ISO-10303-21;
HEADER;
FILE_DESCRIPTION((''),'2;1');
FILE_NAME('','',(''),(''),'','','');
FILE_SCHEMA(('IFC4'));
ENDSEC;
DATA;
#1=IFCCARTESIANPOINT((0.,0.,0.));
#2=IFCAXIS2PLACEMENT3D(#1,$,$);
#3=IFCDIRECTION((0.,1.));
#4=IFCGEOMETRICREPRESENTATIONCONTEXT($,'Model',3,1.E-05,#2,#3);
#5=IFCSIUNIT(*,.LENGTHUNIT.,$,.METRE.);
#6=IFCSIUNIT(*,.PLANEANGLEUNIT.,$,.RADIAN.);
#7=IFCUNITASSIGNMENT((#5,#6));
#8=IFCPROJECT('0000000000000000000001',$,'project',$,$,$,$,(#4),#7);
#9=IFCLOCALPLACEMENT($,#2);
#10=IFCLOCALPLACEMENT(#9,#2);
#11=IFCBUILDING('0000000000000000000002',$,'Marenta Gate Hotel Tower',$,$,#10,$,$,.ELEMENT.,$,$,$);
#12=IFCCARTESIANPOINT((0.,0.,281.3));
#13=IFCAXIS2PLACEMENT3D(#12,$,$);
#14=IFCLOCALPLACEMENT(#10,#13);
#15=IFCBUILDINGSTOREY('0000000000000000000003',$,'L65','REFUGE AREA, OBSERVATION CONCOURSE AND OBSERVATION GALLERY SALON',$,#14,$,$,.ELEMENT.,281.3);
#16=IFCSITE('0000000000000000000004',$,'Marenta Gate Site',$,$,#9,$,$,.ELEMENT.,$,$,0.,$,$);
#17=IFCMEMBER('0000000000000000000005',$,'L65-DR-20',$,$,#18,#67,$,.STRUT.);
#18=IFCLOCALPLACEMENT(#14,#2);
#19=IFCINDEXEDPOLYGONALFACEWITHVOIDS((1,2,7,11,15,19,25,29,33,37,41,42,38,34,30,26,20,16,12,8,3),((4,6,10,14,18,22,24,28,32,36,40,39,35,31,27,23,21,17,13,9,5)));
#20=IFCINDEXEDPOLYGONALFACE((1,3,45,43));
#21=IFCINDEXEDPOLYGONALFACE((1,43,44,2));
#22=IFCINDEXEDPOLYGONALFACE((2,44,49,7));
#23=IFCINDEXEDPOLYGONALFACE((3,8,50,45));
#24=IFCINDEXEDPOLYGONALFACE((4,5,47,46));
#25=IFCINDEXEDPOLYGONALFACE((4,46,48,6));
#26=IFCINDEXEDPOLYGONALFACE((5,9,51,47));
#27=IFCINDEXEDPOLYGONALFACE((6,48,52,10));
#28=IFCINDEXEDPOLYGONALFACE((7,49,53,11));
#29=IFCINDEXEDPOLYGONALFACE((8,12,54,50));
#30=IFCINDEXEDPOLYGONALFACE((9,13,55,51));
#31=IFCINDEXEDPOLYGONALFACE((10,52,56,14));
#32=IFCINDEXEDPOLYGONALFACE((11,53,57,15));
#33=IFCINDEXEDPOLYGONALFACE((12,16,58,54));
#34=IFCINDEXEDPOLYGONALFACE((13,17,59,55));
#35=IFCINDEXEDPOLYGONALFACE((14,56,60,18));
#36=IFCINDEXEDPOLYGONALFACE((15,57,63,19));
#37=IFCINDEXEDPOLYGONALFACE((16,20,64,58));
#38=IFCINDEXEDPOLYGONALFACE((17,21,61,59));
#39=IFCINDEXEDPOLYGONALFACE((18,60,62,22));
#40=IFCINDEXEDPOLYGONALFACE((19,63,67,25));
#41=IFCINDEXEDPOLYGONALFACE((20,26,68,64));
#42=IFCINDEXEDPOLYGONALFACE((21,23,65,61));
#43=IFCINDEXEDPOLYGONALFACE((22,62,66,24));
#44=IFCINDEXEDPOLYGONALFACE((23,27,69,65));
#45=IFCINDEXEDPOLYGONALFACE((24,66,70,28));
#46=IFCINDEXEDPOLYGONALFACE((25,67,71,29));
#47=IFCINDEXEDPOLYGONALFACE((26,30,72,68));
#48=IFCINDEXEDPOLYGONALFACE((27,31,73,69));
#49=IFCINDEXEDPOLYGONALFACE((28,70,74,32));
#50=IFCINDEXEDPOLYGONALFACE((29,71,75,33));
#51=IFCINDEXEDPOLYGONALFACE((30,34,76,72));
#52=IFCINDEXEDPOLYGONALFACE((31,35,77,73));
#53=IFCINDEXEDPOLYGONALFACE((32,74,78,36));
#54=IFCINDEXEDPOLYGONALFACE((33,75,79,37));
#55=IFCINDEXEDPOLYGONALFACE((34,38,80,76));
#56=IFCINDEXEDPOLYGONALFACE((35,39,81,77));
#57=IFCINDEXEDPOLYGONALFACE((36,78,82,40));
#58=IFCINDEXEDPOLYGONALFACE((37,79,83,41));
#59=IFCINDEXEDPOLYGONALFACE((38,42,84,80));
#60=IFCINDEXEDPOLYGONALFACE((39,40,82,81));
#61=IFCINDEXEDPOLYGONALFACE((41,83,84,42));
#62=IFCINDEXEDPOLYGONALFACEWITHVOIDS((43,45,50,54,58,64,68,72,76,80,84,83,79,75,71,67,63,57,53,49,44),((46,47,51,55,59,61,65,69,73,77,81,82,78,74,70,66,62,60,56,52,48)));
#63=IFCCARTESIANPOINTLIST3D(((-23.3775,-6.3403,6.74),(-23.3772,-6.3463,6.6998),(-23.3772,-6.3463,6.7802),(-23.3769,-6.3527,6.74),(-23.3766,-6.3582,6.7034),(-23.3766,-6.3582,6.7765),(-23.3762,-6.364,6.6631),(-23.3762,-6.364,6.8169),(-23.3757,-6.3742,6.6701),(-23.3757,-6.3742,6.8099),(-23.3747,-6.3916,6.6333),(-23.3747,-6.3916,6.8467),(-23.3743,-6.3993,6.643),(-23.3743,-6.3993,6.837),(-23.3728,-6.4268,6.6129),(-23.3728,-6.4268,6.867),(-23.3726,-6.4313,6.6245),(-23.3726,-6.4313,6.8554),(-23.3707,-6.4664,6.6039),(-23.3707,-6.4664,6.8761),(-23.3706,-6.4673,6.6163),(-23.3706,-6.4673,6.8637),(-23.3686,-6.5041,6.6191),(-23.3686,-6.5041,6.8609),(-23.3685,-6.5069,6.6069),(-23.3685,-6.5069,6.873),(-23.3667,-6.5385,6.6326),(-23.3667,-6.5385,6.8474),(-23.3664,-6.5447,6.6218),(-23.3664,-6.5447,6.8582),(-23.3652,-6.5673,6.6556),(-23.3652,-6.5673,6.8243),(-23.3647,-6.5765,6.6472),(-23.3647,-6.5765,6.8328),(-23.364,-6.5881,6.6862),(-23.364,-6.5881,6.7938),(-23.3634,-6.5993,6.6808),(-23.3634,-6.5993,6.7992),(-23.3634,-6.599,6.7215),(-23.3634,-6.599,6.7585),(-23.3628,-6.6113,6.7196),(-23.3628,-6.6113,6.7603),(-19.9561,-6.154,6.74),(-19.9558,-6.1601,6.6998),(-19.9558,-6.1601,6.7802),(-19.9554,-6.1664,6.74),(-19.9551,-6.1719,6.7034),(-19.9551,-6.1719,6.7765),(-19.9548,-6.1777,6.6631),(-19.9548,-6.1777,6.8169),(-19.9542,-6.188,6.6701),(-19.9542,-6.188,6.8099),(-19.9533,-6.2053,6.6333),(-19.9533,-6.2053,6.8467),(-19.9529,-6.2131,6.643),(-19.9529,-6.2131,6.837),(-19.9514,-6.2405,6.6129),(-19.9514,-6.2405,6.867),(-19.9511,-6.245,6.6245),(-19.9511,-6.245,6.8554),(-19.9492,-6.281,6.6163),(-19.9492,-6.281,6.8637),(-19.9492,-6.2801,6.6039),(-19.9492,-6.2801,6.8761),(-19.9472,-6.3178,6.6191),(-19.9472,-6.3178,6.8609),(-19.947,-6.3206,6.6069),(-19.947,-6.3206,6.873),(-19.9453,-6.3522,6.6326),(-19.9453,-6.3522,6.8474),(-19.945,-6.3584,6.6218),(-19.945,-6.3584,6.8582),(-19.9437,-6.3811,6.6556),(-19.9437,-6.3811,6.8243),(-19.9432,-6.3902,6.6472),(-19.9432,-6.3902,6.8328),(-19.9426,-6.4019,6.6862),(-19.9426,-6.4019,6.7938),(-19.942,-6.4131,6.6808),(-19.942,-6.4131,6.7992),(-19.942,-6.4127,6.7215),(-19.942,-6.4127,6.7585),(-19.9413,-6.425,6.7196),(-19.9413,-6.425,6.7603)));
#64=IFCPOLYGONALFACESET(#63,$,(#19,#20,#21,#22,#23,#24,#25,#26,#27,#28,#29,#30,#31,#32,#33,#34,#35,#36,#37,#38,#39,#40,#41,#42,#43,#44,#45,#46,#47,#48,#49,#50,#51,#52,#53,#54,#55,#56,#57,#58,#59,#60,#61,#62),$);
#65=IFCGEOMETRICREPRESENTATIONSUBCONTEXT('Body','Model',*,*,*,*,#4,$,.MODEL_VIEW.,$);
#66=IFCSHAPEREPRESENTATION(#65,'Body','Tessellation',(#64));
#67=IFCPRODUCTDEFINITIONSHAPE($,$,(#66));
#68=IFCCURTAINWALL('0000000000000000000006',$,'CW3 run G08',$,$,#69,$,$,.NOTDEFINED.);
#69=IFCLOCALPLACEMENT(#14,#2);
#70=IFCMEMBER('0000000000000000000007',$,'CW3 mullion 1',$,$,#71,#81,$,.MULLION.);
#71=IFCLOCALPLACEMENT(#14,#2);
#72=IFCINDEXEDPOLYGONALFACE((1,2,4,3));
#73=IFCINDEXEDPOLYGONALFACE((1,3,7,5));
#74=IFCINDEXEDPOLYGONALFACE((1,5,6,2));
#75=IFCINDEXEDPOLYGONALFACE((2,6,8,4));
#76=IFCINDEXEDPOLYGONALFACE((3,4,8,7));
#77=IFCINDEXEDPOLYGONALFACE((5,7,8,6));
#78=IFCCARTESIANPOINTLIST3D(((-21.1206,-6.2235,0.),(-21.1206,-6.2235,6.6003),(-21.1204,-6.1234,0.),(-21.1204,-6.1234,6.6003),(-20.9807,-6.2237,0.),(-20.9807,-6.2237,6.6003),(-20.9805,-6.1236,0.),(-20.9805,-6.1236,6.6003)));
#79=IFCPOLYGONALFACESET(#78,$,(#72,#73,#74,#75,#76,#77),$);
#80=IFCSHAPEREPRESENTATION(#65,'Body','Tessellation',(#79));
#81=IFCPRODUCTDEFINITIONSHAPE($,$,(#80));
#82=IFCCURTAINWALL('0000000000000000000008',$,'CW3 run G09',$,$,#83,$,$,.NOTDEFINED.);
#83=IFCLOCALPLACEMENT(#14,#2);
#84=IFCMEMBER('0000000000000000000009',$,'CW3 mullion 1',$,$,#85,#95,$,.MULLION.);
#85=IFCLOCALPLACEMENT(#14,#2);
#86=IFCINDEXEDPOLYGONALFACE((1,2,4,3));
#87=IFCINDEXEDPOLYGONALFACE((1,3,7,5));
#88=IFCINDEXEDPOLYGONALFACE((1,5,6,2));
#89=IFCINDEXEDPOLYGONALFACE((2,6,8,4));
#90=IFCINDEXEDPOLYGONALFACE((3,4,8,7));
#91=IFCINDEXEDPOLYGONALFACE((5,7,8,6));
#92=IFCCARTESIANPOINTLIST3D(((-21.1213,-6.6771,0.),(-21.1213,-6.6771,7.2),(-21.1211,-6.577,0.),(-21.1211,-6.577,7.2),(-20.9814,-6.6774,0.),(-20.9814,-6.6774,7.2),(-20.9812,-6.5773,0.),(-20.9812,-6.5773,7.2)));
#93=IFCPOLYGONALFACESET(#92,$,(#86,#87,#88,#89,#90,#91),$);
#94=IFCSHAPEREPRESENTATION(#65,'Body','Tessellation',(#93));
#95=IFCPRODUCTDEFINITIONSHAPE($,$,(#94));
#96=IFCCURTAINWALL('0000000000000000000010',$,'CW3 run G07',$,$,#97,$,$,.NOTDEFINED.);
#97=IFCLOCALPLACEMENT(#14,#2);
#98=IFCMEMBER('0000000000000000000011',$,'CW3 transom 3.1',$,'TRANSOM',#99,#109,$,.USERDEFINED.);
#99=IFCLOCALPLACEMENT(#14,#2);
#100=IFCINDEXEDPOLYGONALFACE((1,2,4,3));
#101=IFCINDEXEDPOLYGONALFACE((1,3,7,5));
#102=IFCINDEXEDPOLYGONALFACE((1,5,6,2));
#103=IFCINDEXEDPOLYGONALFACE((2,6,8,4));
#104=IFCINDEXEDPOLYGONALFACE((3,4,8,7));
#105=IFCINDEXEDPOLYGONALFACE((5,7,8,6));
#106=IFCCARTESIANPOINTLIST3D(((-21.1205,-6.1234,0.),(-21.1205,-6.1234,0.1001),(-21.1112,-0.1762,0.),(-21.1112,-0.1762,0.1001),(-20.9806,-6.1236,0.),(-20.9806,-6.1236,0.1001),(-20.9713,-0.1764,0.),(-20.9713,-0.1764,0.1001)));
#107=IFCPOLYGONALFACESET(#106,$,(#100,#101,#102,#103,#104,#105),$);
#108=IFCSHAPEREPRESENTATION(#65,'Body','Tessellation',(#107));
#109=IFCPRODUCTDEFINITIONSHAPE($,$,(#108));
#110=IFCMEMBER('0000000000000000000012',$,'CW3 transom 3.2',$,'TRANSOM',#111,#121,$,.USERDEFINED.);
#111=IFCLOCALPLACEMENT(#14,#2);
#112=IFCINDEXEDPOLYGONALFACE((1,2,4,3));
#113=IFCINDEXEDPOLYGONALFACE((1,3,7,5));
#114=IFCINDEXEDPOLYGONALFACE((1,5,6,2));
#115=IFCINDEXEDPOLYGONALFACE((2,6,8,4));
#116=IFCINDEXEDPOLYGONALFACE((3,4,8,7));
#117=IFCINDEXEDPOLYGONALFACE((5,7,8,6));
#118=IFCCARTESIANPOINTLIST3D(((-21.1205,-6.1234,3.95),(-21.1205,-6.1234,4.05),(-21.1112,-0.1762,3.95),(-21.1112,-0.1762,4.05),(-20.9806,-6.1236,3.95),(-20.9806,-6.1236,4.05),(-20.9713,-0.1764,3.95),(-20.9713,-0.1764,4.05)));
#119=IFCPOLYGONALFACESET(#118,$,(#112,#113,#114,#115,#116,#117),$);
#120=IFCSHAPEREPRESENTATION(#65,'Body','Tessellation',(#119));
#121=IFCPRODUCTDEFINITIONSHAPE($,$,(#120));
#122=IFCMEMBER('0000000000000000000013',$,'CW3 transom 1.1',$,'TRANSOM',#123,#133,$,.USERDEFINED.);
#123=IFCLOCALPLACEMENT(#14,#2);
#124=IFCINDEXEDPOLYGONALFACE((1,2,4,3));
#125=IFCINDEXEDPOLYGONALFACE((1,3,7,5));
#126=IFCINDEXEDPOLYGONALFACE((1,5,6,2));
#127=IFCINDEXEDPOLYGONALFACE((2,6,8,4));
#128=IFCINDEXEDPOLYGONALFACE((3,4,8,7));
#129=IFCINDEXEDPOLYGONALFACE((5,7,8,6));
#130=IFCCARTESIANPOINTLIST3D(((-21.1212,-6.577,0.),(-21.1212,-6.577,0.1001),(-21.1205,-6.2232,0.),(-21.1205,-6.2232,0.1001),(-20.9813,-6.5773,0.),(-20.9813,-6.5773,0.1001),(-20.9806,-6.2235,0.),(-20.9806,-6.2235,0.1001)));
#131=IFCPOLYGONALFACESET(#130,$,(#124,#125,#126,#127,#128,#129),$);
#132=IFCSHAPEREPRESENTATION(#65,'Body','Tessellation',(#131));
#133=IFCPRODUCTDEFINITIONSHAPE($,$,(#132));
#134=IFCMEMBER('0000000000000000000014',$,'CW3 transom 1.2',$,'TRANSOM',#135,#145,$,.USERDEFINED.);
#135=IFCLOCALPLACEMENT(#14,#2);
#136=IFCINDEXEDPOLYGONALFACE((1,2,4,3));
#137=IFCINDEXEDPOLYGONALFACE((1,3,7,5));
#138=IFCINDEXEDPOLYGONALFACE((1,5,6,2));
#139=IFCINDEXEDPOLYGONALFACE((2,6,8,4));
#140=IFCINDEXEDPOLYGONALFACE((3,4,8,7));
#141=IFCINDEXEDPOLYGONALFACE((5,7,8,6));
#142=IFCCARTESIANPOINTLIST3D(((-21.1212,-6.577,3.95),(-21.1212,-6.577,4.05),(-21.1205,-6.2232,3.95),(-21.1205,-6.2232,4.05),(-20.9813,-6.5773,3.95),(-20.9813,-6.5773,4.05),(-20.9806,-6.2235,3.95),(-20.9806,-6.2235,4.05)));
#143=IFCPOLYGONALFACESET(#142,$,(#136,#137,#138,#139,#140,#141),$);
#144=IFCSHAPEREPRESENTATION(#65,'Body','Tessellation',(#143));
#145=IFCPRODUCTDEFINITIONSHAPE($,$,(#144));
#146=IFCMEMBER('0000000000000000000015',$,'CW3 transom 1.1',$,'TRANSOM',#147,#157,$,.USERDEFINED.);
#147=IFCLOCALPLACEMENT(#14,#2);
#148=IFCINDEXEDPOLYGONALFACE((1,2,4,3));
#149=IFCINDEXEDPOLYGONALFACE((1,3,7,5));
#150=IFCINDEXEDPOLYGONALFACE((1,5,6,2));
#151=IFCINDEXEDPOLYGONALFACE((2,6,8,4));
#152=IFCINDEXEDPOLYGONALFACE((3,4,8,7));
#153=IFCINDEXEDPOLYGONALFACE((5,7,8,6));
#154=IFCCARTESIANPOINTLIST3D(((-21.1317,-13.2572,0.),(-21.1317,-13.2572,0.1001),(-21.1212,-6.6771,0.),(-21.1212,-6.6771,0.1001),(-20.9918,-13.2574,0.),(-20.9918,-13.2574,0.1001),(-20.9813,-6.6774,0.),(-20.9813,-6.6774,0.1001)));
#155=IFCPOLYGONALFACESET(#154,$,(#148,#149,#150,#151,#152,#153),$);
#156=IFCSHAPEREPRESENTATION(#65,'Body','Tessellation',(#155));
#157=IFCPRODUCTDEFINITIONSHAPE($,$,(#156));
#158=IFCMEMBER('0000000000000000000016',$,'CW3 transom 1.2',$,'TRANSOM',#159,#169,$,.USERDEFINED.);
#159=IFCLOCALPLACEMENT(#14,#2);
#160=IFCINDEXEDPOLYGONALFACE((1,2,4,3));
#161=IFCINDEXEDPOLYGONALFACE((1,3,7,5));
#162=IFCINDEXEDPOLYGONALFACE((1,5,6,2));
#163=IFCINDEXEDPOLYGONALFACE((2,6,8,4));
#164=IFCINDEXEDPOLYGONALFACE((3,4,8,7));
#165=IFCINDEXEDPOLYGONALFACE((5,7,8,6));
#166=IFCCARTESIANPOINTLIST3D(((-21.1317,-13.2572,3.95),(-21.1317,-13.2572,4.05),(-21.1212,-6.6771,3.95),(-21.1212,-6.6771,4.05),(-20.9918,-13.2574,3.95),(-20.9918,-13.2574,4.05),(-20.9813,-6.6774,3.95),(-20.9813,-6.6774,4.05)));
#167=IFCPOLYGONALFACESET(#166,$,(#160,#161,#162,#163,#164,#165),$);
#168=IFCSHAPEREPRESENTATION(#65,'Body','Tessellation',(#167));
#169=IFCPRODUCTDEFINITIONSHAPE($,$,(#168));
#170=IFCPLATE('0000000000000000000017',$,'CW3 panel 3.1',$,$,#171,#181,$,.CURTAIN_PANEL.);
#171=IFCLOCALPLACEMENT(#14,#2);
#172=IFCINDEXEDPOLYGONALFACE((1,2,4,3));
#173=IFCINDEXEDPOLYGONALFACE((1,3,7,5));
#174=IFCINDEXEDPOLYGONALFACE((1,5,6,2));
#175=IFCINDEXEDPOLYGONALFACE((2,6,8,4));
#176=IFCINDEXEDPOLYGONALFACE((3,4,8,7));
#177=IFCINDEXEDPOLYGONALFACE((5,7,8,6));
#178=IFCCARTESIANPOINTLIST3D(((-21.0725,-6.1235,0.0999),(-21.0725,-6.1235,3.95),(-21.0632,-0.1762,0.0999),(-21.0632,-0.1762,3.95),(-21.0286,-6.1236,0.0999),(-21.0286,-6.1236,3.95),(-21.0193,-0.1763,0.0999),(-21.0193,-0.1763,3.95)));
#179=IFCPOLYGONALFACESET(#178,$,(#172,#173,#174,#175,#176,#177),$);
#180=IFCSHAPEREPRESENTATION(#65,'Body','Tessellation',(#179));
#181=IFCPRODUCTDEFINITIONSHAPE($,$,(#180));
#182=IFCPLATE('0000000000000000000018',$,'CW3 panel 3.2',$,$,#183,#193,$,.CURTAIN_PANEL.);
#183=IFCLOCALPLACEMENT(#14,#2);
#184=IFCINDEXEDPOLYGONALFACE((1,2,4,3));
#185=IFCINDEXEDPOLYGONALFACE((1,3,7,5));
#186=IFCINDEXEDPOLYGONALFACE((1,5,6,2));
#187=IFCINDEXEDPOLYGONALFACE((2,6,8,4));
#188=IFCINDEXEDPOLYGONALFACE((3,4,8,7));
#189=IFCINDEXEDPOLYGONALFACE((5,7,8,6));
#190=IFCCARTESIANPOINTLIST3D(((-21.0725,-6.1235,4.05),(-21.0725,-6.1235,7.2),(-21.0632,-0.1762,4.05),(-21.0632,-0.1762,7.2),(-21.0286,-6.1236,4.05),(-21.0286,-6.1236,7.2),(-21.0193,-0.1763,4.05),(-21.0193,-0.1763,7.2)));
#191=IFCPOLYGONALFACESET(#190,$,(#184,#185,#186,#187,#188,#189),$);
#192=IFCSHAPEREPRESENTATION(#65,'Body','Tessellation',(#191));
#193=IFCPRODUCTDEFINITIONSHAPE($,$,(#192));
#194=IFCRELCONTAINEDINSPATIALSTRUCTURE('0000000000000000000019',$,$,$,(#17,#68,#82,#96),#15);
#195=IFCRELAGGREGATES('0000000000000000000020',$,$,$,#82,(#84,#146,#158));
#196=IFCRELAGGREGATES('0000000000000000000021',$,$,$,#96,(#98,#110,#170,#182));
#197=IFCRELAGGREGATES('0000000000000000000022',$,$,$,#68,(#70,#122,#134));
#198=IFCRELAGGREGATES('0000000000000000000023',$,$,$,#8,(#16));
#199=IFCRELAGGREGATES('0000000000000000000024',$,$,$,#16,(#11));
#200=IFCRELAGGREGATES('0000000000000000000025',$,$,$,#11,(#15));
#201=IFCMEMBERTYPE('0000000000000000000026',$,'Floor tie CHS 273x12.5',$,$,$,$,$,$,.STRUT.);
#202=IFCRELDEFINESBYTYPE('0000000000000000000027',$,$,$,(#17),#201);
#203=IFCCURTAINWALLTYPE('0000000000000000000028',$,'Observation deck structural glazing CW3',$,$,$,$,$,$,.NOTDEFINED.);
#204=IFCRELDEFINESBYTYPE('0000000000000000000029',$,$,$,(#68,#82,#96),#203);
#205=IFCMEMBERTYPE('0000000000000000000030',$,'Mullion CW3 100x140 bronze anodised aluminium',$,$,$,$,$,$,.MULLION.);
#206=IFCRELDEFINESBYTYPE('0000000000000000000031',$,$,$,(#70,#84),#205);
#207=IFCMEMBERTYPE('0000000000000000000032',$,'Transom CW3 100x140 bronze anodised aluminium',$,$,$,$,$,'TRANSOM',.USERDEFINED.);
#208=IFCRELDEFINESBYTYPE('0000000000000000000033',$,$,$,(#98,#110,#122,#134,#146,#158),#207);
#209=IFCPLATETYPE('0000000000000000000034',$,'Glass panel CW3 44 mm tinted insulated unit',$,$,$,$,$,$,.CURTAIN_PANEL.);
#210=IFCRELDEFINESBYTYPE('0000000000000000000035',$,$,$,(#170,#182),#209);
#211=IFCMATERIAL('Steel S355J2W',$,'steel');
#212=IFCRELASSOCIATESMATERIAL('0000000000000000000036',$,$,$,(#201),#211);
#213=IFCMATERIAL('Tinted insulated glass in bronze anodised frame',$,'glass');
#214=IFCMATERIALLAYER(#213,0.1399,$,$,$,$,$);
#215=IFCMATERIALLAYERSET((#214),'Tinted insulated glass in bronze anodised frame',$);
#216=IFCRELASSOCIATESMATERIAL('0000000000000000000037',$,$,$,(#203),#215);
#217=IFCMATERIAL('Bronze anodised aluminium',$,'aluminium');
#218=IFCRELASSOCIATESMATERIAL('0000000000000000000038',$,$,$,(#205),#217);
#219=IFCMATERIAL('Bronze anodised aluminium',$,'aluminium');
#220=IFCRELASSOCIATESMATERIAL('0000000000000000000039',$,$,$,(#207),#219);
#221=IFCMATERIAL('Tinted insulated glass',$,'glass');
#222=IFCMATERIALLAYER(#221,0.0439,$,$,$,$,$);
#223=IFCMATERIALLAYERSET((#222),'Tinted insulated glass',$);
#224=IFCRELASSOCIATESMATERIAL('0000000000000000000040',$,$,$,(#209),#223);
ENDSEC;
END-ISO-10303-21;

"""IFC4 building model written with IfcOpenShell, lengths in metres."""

from ifc_helpers import new_model, si_unit, direction, frame, origin, origin_2d, place, context, subcontext, project, spatial, rectangle, hollow_circle, extrude, material, layer, layer_set, material_profile, profile_set, type_object, element, aggregate, save


model = new_model("IFC4")

# Units and contexts
model_context = context("Model", 3, precision=1e-05, world=origin(), true_north=direction((0.0, 1.0)))
body_context = subcontext(model_context, "Body", "Model", "MODEL_VIEW")
ifc_project = project(units=[si_unit("LENGTHUNIT", "METRE"), si_unit("PLANEANGLEUNIT", "RADIAN")], contexts=[model_context])

# Site, building, storey
site_placement = place(None, origin())
site = spatial("IfcSite", under=ifc_project, at=site_placement, Name="Marenta Gate Site", CompositionType="ELEMENT", RefElevation=0.0)
building_placement = place(site_placement, origin())
building = spatial("IfcBuilding", under=site, at=building_placement, Name="Marenta Gate Hotel Tower", CompositionType="ELEMENT")
storey_placement = place(building_placement, frame((0.0, 0.0, 281.3)))
storey = spatial("IfcBuildingStorey", under=building, at=storey_placement, Name="L65", Description="REFUGE AREA, OBSERVATION CONCOURSE AND OBSERVATION GALLERY SALON", CompositionType="ELEMENT", Elevation=281.3)

# Member
ifc_material_1 = material(Name="Steel S355J2W", Category="steel")
ifc_material_profile_1 = material_profile(ifc_material_1, hollow_circle(Radius=0.1365, WallThickness=0.0125, at=origin_2d()), Name="CHS 273x12.5")
ifc_profile_set_1 = profile_set([ifc_material_profile_1], Name="Steel S355J2W")
member_type_1 = type_object("IfcMemberType", Name="Floor tie CHS 273x12.5", PredefinedType="STRUT", material=ifc_profile_set_1)
member_1_placement = place(storey_placement, frame((-23.3701, -6.4766, 6.74), z_axis=(0.998521, 0.054365, 0.0), x_axis=(-0.054365, 0.998521, 0.0)))
element("IfcMember", 1, at=member_1_placement, inside=storey, type_object=member_type_1, Name="L65-DR-20", PredefinedType="STRUT", context=body_context, shape_type="SweptSolid", body=[
    extrude(hollow_circle(Radius=0.1365, WallThickness=0.0125, at=origin_2d()), origin(), (0.0, 0.0, 1.0), 3.4265),
])

# Curtain walls, members
ifc_material_2 = material(Name="Tinted insulated glass in bronze anodised frame", Category="glass")
ifc_layer_1 = layer(ifc_material_2, 0.1399)
ifc_layer_set_1 = layer_set([ifc_layer_1], Name="Tinted insulated glass in bronze anodised frame")
curtain_wall_type = type_object("IfcCurtainWallType", Name="Observation deck structural glazing CW3", PredefinedType="NOTDEFINED", material=ifc_layer_set_1)
curtain_wall_1_placement = place(storey_placement, origin())
curtain_wall_1 = element("IfcCurtainWall", 2, at=curtain_wall_1_placement, inside=storey, type_object=curtain_wall_type, Name="CW3 run G08", PredefinedType="NOTDEFINED")
ifc_material_3 = material(Name="Bronze anodised aluminium", Category="aluminium")
ifc_material_profile_2 = material_profile(ifc_material_3, rectangle(XDim=0.1399, YDim=0.1001, at=origin_2d()), Name="Mullion CW3 100x140 bronze anodised aluminium")
ifc_profile_set_2 = profile_set([ifc_material_profile_2], Name="Bronze anodised aluminium")
member_type_2 = type_object("IfcMemberType", Name="Mullion CW3 100x140 bronze anodised aluminium", PredefinedType="MULLION", material=ifc_profile_set_2)
member_2_placement = place(storey_placement, frame((-21.0505, -6.1736, 0.0), z_axis=(0.0, 0.0, 1.0), x_axis=(0.999999, -0.001543, 0.0)))
member_2 = element("IfcMember", 3, at=member_2_placement, type_object=member_type_2, Name="CW3 mullion 1", PredefinedType="MULLION", context=body_context, shape_type="SweptSolid", body=[
    extrude(rectangle(XDim=0.1399, YDim=0.1001, at=origin_2d()), origin(), (0.0, 0.0, 1.0), 6.6003),
])
curtain_wall_2_placement = place(storey_placement, origin())
curtain_wall_2 = element("IfcCurtainWall", 4, at=curtain_wall_2_placement, inside=storey, type_object=curtain_wall_type, Name="CW3 run G09", PredefinedType="NOTDEFINED")
member_3_placement = place(storey_placement, frame((-21.0513, -6.6272, 0.0), z_axis=(0.0, 0.0, 1.0), x_axis=(0.999999, -0.001565, 0.0)))
member_3 = element("IfcMember", 5, at=member_3_placement, type_object=member_type_2, Name="CW3 mullion 1", PredefinedType="MULLION", context=body_context, shape_type="SweptSolid", body=[
    extrude(rectangle(XDim=0.1399, YDim=0.1001, at=origin_2d()), origin(), (0.0, 0.0, 1.0), 7.2),
])

# Curtain wall, members
curtain_wall_3_placement = place(storey_placement, origin())
curtain_wall_3 = element("IfcCurtainWall", 6, at=curtain_wall_3_placement, inside=storey, type_object=curtain_wall_type, Name="CW3 run G07", PredefinedType="NOTDEFINED")
ifc_material_4 = material(Name="Bronze anodised aluminium", Category="aluminium")
ifc_material_profile_3 = material_profile(ifc_material_4, rectangle(XDim=0.1399, YDim=0.1001, at=origin_2d()), Name="Transom CW3 100x140 bronze anodised aluminium")
ifc_profile_set_3 = profile_set([ifc_material_profile_3], Name="Bronze anodised aluminium")
member_type_3 = type_object("IfcMemberType", Name="Transom CW3 100x140 bronze anodised aluminium", ElementType="TRANSOM", PredefinedType="USERDEFINED", material=ifc_profile_set_3)
member_4_placement = place(storey_placement, frame((-21.0413, -0.1763, 0.05), z_axis=(-0.00156, -0.999999, 0.0), x_axis=(0.999999, -0.00156, 0.0)))
member_4 = element("IfcMember", 7, at=member_4_placement, type_object=member_type_3, Name="CW3 transom 3.1", ObjectType="TRANSOM", PredefinedType="USERDEFINED", context=body_context, shape_type="SweptSolid", body=[
    extrude(rectangle(XDim=0.1399, YDim=0.1001, at=origin_2d()), origin(), (0.0, 0.0, 1.0), 5.9473),
])
member_5_placement = place(storey_placement, frame((-21.0413, -0.1763, 4.0), z_axis=(-0.00156, -0.999999, 0.0), x_axis=(0.999999, -0.00156, 0.0)))
member_5 = element("IfcMember", 8, at=member_5_placement, type_object=member_type_3, Name="CW3 transom 3.2", ObjectType="TRANSOM", PredefinedType="USERDEFINED", context=body_context, shape_type="SweptSolid", body=[
    extrude(rectangle(XDim=0.1399, YDim=0.1001, at=origin_2d()), origin(), (0.0, 0.0, 1.0), 5.9473),
])

# Members
member_6_placement = place(storey_placement, frame((-21.0505, -6.2234, 0.05), z_axis=(-0.00207, -0.999998, 0.0), x_axis=(0.999998, -0.00207, 0.0)))
member_6 = element("IfcMember", 9, at=member_6_placement, type_object=member_type_3, Name="CW3 transom 1.1", ObjectType="TRANSOM", PredefinedType="USERDEFINED", context=body_context, shape_type="SweptSolid", body=[
    extrude(rectangle(XDim=0.1399, YDim=0.1001, at=origin_2d()), origin(), (0.0, 0.0, 1.0), 0.3538),
])
member_7_placement = place(storey_placement, frame((-21.0505, -6.2234, 4.0), z_axis=(-0.00207, -0.999998, 0.0), x_axis=(0.999998, -0.00207, 0.0)))
member_7 = element("IfcMember", 10, at=member_7_placement, type_object=member_type_3, Name="CW3 transom 1.2", ObjectType="TRANSOM", PredefinedType="USERDEFINED", context=body_context, shape_type="SweptSolid", body=[
    extrude(rectangle(XDim=0.1399, YDim=0.1001, at=origin_2d()), origin(), (0.0, 0.0, 1.0), 0.3538),
])
member_8_placement = place(storey_placement, frame((-21.0513, -6.6772, 0.05), z_axis=(-0.001595, -0.999999, 0.0), x_axis=(0.999999, -0.001595, 0.0)))
member_8 = element("IfcMember", 11, at=member_8_placement, type_object=member_type_3, Name="CW3 transom 1.1", ObjectType="TRANSOM", PredefinedType="USERDEFINED", context=body_context, shape_type="SweptSolid", body=[
    extrude(rectangle(XDim=0.1399, YDim=0.1001, at=origin_2d()), origin(), (0.0, 0.0, 1.0), 6.5801),
])
member_9_placement = place(storey_placement, frame((-21.0513, -6.6772, 4.0), z_axis=(-0.001595, -0.999999, 0.0), x_axis=(0.999999, -0.001595, 0.0)))
member_9 = element("IfcMember", 12, at=member_9_placement, type_object=member_type_3, Name="CW3 transom 1.2", ObjectType="TRANSOM", PredefinedType="USERDEFINED", context=body_context, shape_type="SweptSolid", body=[
    extrude(rectangle(XDim=0.1399, YDim=0.1001, at=origin_2d()), origin(), (0.0, 0.0, 1.0), 6.5801),
])
aggregate(curtain_wall_2, [member_3, member_8, member_9])

# Plates
ifc_material_5 = material(Name="Tinted insulated glass", Category="glass")
ifc_layer_2 = layer(ifc_material_5, 0.0439)
ifc_layer_set_2 = layer_set([ifc_layer_2], Name="Tinted insulated glass")
plate_type = type_object("IfcPlateType", Name="Glass panel CW3 44 mm tinted insulated unit", PredefinedType="CURTAIN_PANEL", material=ifc_layer_set_2)
plate_1_placement = place(storey_placement, frame((-21.0459, -3.1499, 0.0999), z_axis=(0.0, 0.0, 1.0), x_axis=(-0.001567, -0.999999, 0.0)))
plate_1 = element("IfcPlate", 13, at=plate_1_placement, type_object=plate_type, Name="CW3 panel 3.1", PredefinedType="CURTAIN_PANEL", context=body_context, shape_type="SweptSolid", body=[
    extrude(rectangle(XDim=5.9473, YDim=0.0439, at=origin_2d()), origin(), (0.0, 0.0, 1.0), 3.8501),
])
plate_2_placement = place(storey_placement, frame((-21.0459, -3.1499, 4.05), z_axis=(0.0, 0.0, 1.0), x_axis=(-0.001567, -0.999999, 0.0)))
plate_2 = element("IfcPlate", 14, at=plate_2_placement, type_object=plate_type, Name="CW3 panel 3.2", PredefinedType="CURTAIN_PANEL", context=body_context, shape_type="SweptSolid", body=[
    extrude(rectangle(XDim=5.9473, YDim=0.0439, at=origin_2d()), origin(), (0.0, 0.0, 1.0), 3.1499),
])
aggregate(curtain_wall_3, [member_4, member_5, plate_1, plate_2])
aggregate(curtain_wall_1, [member_2, member_6, member_7])

save(model, "model.ifc")
